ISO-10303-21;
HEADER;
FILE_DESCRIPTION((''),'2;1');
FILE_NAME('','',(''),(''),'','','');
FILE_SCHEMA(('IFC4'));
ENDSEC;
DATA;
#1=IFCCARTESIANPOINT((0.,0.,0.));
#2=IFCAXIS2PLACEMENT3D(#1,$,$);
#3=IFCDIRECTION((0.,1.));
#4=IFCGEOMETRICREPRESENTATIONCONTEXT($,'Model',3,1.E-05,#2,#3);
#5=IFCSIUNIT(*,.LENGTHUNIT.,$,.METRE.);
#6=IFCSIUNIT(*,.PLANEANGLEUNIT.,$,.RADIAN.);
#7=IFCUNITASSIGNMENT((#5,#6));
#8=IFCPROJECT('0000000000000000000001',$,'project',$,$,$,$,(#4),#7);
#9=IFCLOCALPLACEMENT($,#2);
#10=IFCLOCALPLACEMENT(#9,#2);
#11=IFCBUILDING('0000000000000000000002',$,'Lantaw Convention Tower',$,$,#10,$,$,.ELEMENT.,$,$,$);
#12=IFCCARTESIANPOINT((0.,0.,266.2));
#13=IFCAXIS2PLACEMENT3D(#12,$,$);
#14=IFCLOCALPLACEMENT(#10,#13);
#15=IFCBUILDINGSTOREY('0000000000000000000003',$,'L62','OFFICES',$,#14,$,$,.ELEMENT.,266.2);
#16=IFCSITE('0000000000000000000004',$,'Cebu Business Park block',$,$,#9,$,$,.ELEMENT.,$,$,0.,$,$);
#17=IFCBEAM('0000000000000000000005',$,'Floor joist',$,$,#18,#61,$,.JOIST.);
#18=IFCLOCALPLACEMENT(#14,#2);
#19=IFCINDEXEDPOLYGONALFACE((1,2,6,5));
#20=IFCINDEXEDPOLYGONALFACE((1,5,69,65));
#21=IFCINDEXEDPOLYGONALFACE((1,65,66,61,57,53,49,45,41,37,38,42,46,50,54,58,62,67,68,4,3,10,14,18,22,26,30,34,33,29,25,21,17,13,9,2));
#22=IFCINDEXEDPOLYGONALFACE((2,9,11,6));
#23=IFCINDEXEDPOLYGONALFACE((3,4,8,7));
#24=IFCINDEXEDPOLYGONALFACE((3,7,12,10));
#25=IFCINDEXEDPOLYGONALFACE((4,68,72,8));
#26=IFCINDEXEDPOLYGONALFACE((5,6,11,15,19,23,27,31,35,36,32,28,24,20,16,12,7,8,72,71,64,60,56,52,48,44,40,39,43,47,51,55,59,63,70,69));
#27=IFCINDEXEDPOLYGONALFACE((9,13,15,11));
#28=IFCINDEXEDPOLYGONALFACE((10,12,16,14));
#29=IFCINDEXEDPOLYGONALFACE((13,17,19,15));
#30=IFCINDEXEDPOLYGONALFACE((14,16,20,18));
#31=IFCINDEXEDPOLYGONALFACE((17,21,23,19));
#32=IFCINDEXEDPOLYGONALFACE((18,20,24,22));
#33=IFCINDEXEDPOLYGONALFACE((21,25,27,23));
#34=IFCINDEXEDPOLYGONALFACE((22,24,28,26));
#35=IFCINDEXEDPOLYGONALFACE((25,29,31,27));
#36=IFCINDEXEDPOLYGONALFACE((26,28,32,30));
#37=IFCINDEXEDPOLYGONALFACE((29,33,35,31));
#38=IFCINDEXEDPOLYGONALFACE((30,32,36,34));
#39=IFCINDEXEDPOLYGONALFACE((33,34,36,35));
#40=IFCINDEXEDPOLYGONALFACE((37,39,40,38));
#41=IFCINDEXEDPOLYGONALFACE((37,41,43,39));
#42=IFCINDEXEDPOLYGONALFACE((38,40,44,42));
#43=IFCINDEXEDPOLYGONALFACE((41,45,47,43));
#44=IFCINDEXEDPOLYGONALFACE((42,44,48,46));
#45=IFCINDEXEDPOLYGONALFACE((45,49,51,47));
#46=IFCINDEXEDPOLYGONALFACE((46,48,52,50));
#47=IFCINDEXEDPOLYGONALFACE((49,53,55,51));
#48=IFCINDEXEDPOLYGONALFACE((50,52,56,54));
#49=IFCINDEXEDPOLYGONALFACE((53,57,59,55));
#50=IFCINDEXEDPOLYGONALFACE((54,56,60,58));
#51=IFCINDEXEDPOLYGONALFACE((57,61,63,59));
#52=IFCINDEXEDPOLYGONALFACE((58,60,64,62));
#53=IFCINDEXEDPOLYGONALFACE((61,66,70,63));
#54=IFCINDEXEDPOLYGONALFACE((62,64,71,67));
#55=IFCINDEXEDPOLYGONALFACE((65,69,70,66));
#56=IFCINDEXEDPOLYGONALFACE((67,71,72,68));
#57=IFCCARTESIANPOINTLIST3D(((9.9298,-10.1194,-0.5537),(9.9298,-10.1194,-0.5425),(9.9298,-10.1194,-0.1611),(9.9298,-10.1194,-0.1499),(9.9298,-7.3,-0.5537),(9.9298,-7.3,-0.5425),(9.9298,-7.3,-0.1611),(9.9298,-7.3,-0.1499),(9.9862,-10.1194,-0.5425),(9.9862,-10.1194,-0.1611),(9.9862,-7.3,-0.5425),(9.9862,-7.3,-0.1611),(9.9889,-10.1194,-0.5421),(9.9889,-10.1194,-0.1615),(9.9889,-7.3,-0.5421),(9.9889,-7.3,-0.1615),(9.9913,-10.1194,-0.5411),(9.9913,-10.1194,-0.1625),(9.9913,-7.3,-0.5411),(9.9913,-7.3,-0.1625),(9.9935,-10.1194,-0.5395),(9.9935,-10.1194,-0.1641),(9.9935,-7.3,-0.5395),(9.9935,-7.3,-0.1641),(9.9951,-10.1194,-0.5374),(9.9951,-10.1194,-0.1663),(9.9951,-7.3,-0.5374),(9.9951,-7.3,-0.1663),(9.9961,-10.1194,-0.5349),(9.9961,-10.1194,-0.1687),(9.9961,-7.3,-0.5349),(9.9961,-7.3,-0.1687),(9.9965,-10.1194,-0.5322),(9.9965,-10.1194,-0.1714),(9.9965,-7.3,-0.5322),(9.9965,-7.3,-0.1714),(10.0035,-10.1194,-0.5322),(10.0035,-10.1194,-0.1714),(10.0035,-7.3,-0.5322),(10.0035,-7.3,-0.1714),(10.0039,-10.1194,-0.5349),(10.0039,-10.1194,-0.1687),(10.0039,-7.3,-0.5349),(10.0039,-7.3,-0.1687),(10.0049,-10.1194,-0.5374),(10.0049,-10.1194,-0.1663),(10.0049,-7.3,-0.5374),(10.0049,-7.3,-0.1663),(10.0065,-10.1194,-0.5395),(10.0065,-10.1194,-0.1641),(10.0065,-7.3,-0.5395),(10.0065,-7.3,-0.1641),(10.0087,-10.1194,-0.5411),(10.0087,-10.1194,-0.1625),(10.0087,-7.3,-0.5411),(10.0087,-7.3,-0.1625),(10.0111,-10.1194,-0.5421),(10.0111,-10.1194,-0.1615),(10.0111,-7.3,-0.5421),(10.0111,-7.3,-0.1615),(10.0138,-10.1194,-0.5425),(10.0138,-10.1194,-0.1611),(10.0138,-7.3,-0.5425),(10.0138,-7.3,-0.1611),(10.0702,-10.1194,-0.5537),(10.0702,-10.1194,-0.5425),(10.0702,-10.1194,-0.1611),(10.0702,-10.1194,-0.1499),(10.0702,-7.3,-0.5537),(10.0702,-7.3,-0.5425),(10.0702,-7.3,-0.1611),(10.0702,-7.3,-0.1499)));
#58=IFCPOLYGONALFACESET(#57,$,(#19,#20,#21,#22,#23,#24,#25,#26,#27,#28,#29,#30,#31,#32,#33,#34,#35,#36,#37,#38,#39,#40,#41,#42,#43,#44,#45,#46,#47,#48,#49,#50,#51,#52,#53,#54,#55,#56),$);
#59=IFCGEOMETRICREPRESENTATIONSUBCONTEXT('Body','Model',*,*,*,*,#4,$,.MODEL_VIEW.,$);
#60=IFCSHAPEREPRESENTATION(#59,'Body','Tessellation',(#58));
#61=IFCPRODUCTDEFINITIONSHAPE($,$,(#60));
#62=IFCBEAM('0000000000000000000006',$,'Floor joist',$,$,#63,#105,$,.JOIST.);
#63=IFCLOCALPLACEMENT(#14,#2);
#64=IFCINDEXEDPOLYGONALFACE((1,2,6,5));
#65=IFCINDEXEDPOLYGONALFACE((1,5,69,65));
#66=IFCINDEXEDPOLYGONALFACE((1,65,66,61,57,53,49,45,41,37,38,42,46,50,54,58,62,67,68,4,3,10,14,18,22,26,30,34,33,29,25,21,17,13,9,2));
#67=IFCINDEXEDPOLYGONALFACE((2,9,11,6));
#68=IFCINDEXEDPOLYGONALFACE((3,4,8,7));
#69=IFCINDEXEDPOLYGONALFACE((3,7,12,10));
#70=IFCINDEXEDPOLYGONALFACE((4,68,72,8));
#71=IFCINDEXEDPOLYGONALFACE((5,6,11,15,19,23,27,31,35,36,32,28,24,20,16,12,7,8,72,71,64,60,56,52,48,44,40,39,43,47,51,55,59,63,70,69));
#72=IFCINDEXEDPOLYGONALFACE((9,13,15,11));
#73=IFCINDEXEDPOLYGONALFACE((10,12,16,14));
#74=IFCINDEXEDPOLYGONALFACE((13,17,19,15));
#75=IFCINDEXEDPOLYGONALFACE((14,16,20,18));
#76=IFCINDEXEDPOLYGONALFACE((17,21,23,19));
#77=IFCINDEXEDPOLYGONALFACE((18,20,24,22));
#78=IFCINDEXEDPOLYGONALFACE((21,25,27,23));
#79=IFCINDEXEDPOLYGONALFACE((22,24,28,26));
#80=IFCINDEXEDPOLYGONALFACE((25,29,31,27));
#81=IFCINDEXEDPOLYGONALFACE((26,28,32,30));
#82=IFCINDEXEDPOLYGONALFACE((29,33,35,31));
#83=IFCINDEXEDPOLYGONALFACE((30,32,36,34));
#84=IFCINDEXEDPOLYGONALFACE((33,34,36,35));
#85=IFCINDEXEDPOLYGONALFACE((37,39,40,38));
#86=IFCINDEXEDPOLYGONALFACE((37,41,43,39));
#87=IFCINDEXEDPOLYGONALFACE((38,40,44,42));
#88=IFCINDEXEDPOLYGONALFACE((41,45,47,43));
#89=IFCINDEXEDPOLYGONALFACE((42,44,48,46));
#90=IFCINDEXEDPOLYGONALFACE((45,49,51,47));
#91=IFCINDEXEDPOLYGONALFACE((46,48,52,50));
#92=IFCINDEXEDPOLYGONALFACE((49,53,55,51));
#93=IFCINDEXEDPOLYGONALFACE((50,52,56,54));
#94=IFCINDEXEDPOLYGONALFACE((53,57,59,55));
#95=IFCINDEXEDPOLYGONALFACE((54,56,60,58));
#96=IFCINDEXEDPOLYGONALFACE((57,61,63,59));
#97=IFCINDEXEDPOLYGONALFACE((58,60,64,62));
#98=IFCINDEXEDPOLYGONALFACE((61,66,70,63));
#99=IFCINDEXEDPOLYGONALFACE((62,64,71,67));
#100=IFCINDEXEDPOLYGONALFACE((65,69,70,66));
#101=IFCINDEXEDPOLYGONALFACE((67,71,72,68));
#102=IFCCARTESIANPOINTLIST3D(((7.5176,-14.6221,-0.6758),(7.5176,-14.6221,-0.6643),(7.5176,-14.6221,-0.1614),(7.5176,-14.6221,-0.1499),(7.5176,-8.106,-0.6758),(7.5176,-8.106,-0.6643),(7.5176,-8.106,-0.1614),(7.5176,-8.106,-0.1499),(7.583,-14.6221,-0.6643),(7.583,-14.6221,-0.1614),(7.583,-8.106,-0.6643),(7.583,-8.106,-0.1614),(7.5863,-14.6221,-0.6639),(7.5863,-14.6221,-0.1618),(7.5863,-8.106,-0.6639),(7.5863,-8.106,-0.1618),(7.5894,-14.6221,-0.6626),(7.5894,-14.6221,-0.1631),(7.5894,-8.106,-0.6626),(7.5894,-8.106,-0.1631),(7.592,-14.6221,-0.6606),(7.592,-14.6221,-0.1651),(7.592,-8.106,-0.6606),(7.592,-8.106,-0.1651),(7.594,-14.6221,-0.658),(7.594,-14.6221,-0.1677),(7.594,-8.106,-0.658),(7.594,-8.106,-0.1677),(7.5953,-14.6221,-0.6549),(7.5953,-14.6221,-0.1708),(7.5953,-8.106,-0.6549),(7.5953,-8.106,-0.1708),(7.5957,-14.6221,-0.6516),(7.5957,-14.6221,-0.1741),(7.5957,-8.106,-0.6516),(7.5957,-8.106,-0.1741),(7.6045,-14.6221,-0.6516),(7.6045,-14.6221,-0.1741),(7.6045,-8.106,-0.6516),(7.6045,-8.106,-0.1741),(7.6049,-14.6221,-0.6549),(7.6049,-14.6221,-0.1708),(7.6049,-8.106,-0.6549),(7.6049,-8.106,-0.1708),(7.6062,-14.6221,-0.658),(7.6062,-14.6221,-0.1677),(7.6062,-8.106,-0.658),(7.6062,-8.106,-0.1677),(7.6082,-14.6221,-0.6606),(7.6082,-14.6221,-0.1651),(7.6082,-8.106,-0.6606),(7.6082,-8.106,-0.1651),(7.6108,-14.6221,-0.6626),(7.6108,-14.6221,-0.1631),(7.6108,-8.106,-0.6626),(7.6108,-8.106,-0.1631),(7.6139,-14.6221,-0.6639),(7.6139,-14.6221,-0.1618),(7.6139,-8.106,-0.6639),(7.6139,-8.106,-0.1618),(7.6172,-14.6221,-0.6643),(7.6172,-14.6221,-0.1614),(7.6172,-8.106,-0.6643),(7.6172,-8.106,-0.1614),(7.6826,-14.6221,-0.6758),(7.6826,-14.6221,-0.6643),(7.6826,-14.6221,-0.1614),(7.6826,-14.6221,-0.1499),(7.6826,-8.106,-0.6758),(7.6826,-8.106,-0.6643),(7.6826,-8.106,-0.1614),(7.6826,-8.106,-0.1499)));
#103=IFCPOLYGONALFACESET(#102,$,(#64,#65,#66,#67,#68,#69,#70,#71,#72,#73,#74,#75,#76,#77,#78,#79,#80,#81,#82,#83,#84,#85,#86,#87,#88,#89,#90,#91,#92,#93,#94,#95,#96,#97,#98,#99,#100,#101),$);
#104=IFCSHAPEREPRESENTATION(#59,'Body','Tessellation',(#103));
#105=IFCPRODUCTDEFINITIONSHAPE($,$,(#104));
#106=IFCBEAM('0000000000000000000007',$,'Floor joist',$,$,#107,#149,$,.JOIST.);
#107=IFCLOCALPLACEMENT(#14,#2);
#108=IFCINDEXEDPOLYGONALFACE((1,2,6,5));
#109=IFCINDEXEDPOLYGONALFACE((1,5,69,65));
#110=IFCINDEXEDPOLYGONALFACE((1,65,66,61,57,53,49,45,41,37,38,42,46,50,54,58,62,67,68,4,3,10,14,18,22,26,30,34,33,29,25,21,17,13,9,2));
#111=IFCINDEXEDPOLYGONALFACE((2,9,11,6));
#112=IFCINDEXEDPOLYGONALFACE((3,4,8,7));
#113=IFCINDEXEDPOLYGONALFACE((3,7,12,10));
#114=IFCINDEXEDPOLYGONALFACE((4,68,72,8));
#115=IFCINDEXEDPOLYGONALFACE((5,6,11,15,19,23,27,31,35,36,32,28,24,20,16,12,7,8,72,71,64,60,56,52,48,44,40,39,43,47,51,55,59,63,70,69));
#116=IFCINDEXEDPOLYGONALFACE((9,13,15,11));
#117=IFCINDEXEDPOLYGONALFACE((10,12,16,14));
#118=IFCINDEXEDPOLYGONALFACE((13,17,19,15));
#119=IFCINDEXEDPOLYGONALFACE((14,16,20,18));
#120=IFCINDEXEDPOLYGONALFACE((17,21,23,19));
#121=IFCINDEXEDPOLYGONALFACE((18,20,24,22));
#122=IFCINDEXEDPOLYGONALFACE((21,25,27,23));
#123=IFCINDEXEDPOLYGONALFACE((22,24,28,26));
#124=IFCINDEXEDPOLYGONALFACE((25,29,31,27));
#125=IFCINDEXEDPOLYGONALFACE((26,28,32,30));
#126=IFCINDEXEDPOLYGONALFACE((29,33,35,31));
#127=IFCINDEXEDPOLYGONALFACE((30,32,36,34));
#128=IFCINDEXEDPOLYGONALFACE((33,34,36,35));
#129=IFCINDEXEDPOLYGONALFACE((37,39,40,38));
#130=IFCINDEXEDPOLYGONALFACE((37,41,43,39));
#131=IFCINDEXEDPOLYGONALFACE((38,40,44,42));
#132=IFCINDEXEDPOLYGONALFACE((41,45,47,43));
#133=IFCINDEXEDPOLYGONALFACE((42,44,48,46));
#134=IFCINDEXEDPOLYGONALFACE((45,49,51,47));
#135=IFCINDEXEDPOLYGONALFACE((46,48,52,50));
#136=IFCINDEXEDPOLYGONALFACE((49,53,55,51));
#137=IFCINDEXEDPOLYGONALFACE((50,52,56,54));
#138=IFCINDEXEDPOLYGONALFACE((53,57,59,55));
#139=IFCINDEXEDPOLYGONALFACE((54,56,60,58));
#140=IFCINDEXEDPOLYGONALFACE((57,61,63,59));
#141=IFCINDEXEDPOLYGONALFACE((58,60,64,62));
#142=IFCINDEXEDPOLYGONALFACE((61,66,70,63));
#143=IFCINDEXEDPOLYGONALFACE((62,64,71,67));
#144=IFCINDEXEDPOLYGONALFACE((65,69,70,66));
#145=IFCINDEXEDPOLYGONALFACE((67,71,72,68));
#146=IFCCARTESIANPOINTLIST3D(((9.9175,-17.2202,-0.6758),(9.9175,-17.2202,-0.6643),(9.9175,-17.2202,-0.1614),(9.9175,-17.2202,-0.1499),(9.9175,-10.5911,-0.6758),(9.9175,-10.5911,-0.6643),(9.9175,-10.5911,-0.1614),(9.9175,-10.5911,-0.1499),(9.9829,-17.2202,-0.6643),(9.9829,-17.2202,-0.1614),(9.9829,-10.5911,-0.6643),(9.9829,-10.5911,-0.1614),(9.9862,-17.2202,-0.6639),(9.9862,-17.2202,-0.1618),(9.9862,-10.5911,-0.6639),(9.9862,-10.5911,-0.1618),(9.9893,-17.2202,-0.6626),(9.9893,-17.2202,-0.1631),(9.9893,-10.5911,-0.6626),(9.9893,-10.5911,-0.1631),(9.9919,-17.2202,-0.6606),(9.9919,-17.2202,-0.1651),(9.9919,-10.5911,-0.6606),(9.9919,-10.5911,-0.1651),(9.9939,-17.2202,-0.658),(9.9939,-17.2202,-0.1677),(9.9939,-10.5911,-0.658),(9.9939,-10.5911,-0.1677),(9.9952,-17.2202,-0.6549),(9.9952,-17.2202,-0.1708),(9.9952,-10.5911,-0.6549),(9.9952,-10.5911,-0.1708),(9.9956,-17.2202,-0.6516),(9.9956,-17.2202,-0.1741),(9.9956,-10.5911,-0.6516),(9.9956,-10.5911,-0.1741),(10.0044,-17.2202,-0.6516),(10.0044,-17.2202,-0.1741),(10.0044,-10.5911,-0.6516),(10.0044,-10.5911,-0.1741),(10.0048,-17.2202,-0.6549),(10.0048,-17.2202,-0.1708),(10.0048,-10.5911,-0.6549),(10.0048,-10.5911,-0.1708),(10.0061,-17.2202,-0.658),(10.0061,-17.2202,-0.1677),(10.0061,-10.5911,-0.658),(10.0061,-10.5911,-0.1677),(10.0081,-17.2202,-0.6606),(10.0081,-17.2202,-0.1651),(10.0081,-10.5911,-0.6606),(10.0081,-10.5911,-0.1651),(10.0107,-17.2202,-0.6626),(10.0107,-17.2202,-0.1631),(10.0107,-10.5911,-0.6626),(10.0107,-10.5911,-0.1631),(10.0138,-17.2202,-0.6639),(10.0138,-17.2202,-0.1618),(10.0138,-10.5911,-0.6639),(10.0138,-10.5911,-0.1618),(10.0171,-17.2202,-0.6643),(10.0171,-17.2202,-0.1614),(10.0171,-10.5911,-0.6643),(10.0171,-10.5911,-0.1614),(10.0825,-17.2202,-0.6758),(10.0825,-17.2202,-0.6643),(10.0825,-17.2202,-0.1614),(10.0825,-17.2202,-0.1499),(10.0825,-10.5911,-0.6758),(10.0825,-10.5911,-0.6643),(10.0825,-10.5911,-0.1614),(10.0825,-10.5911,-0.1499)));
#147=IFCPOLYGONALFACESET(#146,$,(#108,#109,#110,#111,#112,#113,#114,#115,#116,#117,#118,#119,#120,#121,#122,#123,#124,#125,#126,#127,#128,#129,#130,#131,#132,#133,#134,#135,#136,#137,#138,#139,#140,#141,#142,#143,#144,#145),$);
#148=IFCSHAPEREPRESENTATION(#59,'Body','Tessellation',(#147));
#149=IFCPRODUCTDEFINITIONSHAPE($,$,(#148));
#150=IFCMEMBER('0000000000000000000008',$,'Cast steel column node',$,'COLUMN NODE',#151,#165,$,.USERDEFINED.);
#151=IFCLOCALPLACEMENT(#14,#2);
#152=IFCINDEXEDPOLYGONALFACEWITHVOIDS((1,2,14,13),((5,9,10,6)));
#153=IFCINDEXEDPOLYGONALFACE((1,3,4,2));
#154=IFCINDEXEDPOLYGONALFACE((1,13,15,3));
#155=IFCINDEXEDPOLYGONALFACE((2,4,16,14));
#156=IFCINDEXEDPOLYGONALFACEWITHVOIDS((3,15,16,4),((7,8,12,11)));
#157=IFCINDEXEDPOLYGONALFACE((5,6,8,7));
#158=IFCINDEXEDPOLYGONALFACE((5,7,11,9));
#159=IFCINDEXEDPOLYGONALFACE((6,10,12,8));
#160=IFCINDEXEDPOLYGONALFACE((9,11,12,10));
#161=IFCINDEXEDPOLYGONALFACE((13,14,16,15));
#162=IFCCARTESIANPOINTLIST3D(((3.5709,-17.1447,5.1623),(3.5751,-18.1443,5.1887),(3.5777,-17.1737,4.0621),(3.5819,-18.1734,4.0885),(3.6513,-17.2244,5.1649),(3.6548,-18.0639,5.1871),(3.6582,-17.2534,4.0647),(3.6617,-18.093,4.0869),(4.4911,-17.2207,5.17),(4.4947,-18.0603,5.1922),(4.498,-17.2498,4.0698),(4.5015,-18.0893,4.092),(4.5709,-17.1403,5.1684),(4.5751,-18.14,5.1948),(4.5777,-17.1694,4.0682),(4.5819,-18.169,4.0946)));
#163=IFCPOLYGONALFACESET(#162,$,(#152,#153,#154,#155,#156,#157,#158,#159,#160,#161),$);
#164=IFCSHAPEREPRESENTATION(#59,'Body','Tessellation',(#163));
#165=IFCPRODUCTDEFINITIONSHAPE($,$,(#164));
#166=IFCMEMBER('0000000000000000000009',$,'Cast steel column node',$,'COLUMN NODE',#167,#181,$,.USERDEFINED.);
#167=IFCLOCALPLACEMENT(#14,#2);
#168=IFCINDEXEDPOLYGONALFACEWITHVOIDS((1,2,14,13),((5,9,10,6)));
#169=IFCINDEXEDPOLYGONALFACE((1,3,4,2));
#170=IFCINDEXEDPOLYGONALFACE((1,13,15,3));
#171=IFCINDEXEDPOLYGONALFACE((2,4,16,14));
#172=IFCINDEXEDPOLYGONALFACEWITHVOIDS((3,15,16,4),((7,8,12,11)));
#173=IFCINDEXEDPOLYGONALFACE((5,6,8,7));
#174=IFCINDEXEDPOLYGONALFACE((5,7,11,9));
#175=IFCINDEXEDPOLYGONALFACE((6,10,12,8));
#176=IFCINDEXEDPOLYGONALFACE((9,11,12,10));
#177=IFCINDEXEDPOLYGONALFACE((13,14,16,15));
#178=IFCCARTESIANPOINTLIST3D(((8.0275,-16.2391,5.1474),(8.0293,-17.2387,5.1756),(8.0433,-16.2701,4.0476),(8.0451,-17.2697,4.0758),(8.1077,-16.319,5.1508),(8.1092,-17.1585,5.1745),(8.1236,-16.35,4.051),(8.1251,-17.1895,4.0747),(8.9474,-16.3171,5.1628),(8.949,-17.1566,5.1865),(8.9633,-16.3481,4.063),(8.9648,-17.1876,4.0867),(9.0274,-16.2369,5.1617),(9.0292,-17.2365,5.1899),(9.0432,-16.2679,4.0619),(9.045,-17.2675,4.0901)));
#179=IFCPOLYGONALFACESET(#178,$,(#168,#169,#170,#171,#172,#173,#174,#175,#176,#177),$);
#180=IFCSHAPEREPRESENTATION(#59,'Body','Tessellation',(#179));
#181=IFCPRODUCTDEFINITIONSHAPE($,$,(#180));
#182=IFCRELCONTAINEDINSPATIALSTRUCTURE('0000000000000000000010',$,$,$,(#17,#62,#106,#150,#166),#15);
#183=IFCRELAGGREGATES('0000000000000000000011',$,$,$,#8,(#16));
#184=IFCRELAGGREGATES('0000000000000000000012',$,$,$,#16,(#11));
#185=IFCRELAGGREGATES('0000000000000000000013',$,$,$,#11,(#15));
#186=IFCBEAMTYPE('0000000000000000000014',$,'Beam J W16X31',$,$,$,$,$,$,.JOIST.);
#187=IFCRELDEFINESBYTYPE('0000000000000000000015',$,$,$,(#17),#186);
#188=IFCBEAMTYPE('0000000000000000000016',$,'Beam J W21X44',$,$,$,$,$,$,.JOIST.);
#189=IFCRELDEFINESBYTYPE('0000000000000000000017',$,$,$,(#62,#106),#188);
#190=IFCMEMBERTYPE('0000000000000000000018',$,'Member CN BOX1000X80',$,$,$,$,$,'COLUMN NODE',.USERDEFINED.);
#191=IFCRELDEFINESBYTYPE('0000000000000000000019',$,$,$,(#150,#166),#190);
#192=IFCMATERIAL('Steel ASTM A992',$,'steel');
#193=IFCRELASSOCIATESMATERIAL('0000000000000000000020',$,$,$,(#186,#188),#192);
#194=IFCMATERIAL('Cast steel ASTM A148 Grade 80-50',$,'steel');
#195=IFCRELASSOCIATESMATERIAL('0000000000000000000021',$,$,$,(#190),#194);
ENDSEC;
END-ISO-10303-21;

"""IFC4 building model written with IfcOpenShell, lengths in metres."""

from ifc_helpers import new_model, si_unit, direction, frame, origin, origin_2d, place, context, subcontext, project, spatial, hollow_rectangle, i_section, extrude, material, material_profile, profile_set, type_object, element, save


model = new_model("IFC4")

# Units and contexts
model_context = context("Model", 3, precision=1e-05, world=origin(), true_north=direction((0.0, 1.0)))
body_context = subcontext(model_context, "Body", "Model", "MODEL_VIEW")
ifc_project = project(units=[si_unit("LENGTHUNIT", "METRE"), si_unit("PLANEANGLEUNIT", "RADIAN")], contexts=[model_context])

# Site, building, storey
site_placement = place(None, origin())
site = spatial("IfcSite", under=ifc_project, at=site_placement, Name="Cebu Business Park block", CompositionType="ELEMENT", RefElevation=0.0)
building_placement = place(site_placement, origin())
building = spatial("IfcBuilding", under=site, at=building_placement, Name="Lantaw Convention Tower", CompositionType="ELEMENT")
storey_placement = place(building_placement, frame((0.0, 0.0, 266.2)))
storey = spatial("IfcBuildingStorey", under=building, at=storey_placement, Name="L62", Description="OFFICES", CompositionType="ELEMENT", Elevation=266.2)

# Beams
ifc_material_1 = material(Name="Steel ASTM A992", Category="steel")
ifc_material_profile_1 = material_profile(ifc_material_1, i_section(OverallWidth=0.1404, OverallDepth=0.4038, WebThickness=0.0071, FlangeThickness=0.0112, FilletRadius=0.0103, at=origin_2d()), Name="W16X31")
ifc_profile_set_1 = profile_set([ifc_material_profile_1], Name="Steel ASTM A992")
beam_type_1 = type_object("IfcBeamType", Name="Beam J W16X31", PredefinedType="JOIST", material=ifc_profile_set_1)
beam_1_placement = place(storey_placement, frame((10.0, -10.1194, -0.3518), z_axis=(0.0, 1.0, 0.0), x_axis=(-1.0, 0.0, 0.0)))
element("IfcBeam", 1, at=beam_1_placement, inside=storey, type_object=beam_type_1, Name="Floor joist", PredefinedType="JOIST", context=body_context, shape_type="SweptSolid", body=[
    extrude(i_section(OverallWidth=0.1404, OverallDepth=0.4038, WebThickness=0.0071, FlangeThickness=0.0112, FilletRadius=0.0103, at=origin_2d()), origin(), (0.0, 0.0, 1.0), 2.8193),
])
ifc_material_profile_2 = material_profile(ifc_material_1, i_section(OverallWidth=0.165, OverallDepth=0.5259, WebThickness=0.0088, FlangeThickness=0.0115, FilletRadius=0.0127, at=origin_2d()), Name="W21X44")
ifc_profile_set_2 = profile_set([ifc_material_profile_2], Name="Steel ASTM A992")
beam_type_2 = type_object("IfcBeamType", Name="Beam J W21X44", PredefinedType="JOIST", material=ifc_profile_set_2)
beam_2_placement = place(storey_placement, frame((7.6001, -14.6221, -0.4128), z_axis=(0.0, 1.0, 0.0), x_axis=(-1.0, 0.0, 0.0)))
element("IfcBeam", 2, at=beam_2_placement, inside=storey, type_object=beam_type_2, Name="Floor joist", PredefinedType="JOIST", context=body_context, shape_type="SweptSolid", body=[
    extrude(i_section(OverallWidth=0.165, OverallDepth=0.5259, WebThickness=0.0088, FlangeThickness=0.0115, FilletRadius=0.0127, at=origin_2d()), origin(), (0.0, 0.0, 1.0), 6.5161),
])
beam_3_placement = place(storey_placement, frame((10.0, -17.2202, -0.4128), z_axis=(0.0, 1.0, 0.0), x_axis=(-1.0, 0.0, 0.0)))
element("IfcBeam", 3, at=beam_3_placement, inside=storey, type_object=beam_type_2, Name="Floor joist", PredefinedType="JOIST", context=body_context, shape_type="SweptSolid", body=[
    extrude(i_section(OverallWidth=0.165, OverallDepth=0.5259, WebThickness=0.0088, FlangeThickness=0.0115, FilletRadius=0.0127, at=origin_2d()), origin(), (0.0, 0.0, 1.0), 6.6292),
])

# Members
ifc_material_2 = material(Name="Cast steel ASTM A148 Grade 80-50", Category="steel")
ifc_material_profile_3 = material_profile(ifc_material_2, hollow_rectangle(XDim=1.0, YDim=1.0, WallThickness=0.0801, at=origin_2d()), Name="BOX1000X80")
ifc_profile_set_3 = profile_set([ifc_material_profile_3], Name="Cast steel ASTM A148 Grade 80-50")
member_type = type_object("IfcMemberType", Name="Member CN BOX1000X80", ElementType="COLUMN NODE", PredefinedType="USERDEFINED", material=ifc_profile_set_3)
member_1_placement = place(storey_placement, frame((4.0798, -17.6714, 4.0784), z_axis=(-0.006212, 0.0264, 0.999632), x_axis=(0.999972, 0.004359, 0.006099)))
element("IfcMember", 4, at=member_1_placement, inside=storey, type_object=member_type, Name="Cast steel column node", ObjectType="COLUMN NODE", PredefinedType="USERDEFINED", context=body_context, shape_type="SweptSolid", body=[
    extrude(hollow_rectangle(XDim=1.0, YDim=1.0, WallThickness=0.0801, at=origin_2d()), origin(), (0.0, 0.0, 1.0), 1.1006),
])
member_2_placement = place(storey_placement, frame((8.5442, -16.7688, 4.0688), z_axis=(-0.014421, 0.028177, 0.999499), x_axis=(0.999894, 0.002217, 0.014364)))
element("IfcMember", 5, at=member_2_placement, inside=storey, type_object=member_type, Name="Cast steel column node", ObjectType="COLUMN NODE", PredefinedType="USERDEFINED", context=body_context, shape_type="SweptSolid", body=[
    extrude(hollow_rectangle(XDim=1.0, YDim=1.0, WallThickness=0.0801, at=origin_2d()), origin(), (0.0, 0.0, 1.0), 1.1003),
])

save(model, "model.ifc")
